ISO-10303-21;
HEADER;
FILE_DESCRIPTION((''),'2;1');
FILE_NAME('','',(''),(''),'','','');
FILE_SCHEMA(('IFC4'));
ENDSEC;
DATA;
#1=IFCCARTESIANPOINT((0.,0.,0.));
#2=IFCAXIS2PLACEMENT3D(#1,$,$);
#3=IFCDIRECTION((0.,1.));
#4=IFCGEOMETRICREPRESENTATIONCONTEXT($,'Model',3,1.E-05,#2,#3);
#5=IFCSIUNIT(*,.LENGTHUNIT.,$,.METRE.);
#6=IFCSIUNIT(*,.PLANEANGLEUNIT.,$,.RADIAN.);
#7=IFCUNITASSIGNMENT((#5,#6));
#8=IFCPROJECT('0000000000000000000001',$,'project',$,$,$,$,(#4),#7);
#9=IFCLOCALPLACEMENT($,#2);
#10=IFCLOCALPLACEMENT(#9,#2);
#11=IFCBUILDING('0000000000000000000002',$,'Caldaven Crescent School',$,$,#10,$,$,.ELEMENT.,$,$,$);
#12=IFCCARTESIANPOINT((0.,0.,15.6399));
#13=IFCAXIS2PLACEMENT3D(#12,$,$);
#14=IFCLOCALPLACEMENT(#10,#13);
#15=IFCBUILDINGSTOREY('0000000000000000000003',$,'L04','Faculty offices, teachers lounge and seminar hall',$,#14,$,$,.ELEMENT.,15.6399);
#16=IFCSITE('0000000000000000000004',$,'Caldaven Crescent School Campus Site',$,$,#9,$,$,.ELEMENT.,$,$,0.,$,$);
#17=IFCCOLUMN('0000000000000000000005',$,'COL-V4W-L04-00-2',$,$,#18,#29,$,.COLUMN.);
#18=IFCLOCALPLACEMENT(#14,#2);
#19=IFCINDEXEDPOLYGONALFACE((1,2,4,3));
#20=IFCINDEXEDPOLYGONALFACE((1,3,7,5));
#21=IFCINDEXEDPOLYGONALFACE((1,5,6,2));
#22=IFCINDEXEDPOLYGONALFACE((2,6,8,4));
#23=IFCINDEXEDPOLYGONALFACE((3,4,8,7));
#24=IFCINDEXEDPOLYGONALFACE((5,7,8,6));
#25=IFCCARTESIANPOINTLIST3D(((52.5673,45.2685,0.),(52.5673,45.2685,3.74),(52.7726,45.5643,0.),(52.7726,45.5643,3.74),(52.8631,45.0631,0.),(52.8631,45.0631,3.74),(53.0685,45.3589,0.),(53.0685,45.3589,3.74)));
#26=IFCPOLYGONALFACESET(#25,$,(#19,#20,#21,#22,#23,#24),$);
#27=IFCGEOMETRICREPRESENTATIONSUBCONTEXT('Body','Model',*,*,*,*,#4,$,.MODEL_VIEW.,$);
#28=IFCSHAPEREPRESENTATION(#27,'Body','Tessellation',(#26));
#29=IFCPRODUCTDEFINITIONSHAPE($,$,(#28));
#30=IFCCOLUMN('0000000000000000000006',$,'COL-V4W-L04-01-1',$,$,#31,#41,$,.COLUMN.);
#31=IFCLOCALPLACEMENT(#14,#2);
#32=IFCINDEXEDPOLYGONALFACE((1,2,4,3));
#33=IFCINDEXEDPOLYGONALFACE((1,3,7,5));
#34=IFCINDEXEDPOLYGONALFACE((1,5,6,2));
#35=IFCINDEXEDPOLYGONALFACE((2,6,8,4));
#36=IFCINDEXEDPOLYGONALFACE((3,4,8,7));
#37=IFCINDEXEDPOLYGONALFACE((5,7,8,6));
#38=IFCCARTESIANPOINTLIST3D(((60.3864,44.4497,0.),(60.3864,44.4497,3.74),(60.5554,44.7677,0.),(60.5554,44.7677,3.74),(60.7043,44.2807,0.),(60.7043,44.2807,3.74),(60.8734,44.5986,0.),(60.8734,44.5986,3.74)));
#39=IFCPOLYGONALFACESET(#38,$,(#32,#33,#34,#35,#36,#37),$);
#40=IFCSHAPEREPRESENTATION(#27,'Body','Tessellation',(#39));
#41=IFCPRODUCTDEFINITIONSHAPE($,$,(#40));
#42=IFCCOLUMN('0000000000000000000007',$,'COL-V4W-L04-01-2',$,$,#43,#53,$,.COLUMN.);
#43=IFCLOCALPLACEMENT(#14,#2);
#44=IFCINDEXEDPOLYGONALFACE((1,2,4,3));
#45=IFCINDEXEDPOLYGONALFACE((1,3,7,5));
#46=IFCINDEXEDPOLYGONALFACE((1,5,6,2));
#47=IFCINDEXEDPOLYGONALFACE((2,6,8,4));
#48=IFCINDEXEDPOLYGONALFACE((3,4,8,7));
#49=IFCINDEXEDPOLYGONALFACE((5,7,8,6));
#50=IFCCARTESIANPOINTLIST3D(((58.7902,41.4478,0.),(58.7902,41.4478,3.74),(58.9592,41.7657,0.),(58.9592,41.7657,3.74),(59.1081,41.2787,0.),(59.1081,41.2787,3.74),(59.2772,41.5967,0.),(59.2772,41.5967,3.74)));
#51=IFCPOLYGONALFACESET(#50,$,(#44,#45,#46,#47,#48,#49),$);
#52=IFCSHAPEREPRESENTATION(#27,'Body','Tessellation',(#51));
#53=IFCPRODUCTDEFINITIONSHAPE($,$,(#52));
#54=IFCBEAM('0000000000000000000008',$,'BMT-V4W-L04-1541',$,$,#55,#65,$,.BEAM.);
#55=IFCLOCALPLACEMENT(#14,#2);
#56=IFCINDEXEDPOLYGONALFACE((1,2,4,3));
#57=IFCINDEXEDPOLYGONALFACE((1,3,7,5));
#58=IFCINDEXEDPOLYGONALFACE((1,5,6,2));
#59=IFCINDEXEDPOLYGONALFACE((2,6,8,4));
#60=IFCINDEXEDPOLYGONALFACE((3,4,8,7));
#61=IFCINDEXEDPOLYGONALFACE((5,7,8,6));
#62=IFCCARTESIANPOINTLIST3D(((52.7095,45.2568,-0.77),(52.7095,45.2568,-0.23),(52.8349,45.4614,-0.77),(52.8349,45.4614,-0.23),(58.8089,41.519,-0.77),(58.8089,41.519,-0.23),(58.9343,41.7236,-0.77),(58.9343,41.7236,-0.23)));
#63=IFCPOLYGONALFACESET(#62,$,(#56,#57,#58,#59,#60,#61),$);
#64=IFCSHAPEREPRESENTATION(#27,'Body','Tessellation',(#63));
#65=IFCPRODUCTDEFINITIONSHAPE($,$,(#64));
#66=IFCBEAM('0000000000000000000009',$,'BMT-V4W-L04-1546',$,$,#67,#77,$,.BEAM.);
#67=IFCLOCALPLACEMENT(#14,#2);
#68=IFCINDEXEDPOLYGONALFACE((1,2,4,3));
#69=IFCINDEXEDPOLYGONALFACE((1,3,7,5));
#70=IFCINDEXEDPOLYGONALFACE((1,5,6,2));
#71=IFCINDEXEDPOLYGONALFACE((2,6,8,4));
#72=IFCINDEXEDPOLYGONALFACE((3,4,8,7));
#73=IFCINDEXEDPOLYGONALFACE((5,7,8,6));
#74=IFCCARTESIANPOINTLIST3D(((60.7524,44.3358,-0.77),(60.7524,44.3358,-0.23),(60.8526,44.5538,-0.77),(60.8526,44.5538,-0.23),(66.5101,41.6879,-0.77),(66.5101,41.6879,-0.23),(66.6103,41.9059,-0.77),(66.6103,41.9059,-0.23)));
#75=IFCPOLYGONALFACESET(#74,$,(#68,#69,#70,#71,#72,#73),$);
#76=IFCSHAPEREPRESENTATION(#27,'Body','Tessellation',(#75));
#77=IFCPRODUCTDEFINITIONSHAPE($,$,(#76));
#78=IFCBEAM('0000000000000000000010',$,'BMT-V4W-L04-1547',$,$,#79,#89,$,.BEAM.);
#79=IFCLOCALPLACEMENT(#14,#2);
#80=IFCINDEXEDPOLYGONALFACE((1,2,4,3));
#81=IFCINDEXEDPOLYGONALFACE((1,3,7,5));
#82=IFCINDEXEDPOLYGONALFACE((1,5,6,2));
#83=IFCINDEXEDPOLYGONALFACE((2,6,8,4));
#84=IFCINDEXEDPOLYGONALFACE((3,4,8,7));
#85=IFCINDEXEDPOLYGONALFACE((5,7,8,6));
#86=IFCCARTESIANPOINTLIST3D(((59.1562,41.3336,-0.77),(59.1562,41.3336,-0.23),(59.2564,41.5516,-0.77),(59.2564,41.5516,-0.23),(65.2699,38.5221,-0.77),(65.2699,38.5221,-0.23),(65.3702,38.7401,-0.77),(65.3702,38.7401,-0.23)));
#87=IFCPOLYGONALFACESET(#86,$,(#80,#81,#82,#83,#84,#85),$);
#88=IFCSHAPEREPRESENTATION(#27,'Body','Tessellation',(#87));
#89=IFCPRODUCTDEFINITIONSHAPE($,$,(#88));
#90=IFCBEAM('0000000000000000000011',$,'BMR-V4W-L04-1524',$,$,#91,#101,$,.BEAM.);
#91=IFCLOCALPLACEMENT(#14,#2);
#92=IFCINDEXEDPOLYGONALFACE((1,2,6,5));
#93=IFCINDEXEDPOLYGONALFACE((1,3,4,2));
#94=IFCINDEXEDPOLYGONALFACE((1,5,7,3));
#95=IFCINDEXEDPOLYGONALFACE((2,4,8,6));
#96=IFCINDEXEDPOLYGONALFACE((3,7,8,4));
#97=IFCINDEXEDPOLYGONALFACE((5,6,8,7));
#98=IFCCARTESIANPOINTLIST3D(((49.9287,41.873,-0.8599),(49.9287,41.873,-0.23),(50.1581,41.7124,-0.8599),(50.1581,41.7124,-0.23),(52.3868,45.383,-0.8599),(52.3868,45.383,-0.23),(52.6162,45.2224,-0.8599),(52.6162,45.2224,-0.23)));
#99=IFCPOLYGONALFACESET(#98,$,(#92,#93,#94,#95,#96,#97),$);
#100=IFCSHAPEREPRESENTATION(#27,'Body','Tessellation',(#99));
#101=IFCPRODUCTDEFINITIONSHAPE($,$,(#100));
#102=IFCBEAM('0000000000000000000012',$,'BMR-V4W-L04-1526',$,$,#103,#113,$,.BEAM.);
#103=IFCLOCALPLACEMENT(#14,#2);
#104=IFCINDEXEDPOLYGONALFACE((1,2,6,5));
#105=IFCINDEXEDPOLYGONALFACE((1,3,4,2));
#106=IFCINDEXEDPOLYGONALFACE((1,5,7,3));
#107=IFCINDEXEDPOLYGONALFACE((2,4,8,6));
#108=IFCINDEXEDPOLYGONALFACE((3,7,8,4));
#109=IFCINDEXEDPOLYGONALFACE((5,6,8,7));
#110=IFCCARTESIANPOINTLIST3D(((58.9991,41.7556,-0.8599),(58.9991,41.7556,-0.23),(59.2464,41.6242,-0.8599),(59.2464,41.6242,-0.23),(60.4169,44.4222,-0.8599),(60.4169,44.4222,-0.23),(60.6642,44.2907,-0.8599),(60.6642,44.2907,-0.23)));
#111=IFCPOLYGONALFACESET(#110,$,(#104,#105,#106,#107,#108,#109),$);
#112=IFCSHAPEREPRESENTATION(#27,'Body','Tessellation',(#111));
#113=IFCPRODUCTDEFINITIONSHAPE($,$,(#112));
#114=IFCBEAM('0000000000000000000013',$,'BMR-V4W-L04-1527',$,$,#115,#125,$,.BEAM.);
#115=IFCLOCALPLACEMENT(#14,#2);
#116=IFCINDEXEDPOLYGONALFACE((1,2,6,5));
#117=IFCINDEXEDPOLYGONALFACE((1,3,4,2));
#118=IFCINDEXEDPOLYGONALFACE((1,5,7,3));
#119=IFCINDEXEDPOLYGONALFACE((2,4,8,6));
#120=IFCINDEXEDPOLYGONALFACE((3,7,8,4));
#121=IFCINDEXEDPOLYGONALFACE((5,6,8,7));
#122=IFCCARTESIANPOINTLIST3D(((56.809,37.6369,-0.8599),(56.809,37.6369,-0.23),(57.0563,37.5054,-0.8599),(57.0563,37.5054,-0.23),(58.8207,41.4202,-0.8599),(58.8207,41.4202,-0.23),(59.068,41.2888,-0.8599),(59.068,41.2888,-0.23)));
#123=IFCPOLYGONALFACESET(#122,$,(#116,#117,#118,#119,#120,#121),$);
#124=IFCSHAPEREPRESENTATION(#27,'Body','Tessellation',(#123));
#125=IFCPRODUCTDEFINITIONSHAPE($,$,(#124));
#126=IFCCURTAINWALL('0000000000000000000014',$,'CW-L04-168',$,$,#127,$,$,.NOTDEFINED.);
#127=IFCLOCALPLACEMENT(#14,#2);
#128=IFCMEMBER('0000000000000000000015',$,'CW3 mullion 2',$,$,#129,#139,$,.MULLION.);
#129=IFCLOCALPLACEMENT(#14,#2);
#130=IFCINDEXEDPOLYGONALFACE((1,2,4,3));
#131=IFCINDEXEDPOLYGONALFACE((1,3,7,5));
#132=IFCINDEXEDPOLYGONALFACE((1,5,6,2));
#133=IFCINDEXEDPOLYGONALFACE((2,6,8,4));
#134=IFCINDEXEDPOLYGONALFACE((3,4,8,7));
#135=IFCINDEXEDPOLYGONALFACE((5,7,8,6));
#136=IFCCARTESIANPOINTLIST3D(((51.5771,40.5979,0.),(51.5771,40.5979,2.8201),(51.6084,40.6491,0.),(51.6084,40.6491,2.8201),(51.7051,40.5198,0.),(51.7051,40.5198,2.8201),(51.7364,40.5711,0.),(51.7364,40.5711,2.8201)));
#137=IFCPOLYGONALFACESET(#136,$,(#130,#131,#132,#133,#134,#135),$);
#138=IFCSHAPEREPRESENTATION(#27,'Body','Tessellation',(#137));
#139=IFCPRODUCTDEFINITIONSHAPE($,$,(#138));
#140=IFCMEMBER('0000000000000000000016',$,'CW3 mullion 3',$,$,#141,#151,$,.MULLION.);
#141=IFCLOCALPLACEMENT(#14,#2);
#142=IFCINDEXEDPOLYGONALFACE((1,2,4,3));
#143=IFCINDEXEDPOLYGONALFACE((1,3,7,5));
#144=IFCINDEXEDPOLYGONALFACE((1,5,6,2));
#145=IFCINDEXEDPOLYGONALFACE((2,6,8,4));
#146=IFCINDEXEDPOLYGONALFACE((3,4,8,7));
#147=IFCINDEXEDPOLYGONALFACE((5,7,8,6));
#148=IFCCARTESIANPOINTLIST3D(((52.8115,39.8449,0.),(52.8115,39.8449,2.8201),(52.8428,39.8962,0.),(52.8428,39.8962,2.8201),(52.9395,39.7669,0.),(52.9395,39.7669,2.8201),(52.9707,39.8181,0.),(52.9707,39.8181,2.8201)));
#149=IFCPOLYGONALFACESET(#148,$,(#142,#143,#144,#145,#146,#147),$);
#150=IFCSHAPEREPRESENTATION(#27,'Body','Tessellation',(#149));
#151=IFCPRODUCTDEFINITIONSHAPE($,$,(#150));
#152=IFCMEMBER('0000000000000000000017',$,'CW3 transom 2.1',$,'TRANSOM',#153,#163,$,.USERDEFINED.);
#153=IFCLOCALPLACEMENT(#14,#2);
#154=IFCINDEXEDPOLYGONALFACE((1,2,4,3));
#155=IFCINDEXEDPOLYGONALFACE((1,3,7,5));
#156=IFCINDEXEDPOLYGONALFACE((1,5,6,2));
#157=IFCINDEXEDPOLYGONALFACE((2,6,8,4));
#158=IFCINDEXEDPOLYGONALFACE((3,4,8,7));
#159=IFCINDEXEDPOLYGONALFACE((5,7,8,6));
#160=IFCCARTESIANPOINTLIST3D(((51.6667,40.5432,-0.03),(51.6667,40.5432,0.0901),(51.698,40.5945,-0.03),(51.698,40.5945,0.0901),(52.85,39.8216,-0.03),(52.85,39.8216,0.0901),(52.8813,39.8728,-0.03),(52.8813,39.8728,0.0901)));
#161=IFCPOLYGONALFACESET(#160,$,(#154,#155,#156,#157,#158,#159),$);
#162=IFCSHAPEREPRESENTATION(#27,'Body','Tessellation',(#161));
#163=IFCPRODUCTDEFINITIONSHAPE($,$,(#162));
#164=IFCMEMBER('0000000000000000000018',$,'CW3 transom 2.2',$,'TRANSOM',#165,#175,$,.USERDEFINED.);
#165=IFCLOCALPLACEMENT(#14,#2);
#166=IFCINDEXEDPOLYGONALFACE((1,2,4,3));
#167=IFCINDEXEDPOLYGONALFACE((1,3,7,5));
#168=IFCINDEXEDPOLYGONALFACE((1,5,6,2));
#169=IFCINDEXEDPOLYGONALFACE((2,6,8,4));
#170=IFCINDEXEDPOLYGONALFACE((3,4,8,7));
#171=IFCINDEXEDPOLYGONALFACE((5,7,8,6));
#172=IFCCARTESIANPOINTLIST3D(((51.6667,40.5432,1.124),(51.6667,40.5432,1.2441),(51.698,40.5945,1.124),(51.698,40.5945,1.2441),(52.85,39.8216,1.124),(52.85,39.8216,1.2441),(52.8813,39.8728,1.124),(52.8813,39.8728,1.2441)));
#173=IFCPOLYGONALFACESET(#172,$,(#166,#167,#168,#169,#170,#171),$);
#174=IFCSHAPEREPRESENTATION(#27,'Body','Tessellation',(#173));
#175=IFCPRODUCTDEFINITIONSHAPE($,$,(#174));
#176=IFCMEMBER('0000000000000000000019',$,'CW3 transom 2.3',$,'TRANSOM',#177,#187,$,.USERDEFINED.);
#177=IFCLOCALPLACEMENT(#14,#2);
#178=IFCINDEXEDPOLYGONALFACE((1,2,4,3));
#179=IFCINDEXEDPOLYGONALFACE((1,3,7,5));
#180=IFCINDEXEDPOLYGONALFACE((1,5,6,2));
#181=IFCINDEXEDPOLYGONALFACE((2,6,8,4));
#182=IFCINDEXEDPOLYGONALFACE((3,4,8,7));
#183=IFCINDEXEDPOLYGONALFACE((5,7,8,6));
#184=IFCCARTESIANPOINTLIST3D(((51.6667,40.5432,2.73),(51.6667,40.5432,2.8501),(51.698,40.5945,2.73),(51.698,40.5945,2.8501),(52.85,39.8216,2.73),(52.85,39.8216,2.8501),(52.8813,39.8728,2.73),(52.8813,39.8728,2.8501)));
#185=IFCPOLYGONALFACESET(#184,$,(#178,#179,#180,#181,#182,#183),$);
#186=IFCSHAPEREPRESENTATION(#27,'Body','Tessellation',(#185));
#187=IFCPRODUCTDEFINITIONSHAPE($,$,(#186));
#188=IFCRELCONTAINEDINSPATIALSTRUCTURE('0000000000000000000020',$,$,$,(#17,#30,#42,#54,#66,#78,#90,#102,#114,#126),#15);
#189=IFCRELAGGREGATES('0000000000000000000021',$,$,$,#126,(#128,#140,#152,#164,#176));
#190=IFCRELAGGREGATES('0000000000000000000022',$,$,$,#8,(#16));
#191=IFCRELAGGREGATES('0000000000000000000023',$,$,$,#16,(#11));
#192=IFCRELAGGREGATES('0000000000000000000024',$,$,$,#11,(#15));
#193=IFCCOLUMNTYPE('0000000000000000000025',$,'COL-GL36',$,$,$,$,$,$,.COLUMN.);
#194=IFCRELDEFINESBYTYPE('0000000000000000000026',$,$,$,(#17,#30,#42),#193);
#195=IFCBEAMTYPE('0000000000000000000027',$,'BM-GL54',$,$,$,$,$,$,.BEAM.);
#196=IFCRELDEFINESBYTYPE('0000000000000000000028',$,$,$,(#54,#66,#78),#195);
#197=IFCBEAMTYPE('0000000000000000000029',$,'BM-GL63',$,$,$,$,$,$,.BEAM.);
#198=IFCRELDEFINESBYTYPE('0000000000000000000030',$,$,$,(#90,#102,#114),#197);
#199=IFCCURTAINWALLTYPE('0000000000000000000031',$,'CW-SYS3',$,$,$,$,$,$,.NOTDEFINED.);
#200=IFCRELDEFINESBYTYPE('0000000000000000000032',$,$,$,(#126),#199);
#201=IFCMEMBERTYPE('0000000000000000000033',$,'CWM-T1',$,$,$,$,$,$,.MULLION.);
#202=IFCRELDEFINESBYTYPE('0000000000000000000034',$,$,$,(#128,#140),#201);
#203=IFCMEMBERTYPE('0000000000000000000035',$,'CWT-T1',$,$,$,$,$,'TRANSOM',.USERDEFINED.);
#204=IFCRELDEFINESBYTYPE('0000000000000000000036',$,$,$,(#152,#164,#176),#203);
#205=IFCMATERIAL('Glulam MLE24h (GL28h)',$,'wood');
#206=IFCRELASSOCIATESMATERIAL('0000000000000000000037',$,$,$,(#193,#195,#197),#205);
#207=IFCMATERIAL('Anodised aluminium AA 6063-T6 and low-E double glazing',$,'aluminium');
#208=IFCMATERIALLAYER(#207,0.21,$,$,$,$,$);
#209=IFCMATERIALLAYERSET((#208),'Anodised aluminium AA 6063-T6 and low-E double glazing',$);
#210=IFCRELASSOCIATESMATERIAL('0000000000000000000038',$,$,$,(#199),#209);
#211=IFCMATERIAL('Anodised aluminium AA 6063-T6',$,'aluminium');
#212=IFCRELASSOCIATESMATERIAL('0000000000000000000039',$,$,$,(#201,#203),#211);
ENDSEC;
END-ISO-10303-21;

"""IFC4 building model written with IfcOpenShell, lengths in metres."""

from ifc_helpers import new_model, si_unit, direction, frame, origin, origin_2d, place, context, subcontext, project, spatial, rectangle, extrude, material, layer, layer_set, material_profile, profile_set, type_object, element, aggregate, save


model = new_model("IFC4")

# Units and contexts
model_context = context("Model", 3, precision=1e-05, world=origin(), true_north=direction((0.0, 1.0)))
body_context = subcontext(model_context, "Body", "Model", "MODEL_VIEW")
ifc_project = project(units=[si_unit("LENGTHUNIT", "METRE"), si_unit("PLANEANGLEUNIT", "RADIAN")], contexts=[model_context])

# Site, building, storey
site_placement = place(None, origin())
site = spatial("IfcSite", under=ifc_project, at=site_placement, Name="Caldaven Crescent School Campus Site", CompositionType="ELEMENT", RefElevation=0.0)
building_placement = place(site_placement, origin())
building = spatial("IfcBuilding", under=site, at=building_placement, Name="Caldaven Crescent School", CompositionType="ELEMENT")
storey_placement = place(building_placement, frame((0.0, 0.0, 15.6399)))
storey = spatial("IfcBuildingStorey", under=building, at=storey_placement, Name="L04", Description="Faculty offices, teachers lounge and seminar hall", CompositionType="ELEMENT", Elevation=15.6399)

# Columns
ifc_material_1 = material(Name="Glulam MLE24h (GL28h)", Category="wood")
ifc_material_profile_1 = material_profile(ifc_material_1, rectangle(XDim=0.3601, YDim=0.3601, at=origin_2d()), Name="MLE 360x360")
ifc_profile_set_1 = profile_set([ifc_material_profile_1], Name="Glulam MLE24h (GL28h)")
column_type = type_object("IfcColumnType", Name="COL-GL36", PredefinedType="COLUMN", material=ifc_profile_set_1)
for number, where, z_axis, x_axis, name in (
    (1, (52.8179, 45.3137, 0.0), (0.0, 0.0, 1.0), (-0.570284, -0.821448, 0.0), "COL-V4W-L04-00-2"),
    (2, (60.6299, 44.5242, 0.0), (0.0, 0.0, 1.0), (-0.469472, -0.882948, 0.0), "COL-V4W-L04-01-1"),
    (3, (59.0337, 41.5222, 0.0), (0.0, 0.0, 1.0), (-0.469472, -0.882948, 0.0), "COL-V4W-L04-01-2"),
):
    element("IfcColumn", number, at=place(storey_placement, frame(where, z_axis=z_axis, x_axis=x_axis)), inside=storey, type_object=column_type, Name=name, PredefinedType="COLUMN", context=body_context, shape_type="SweptSolid", body=[
        extrude(rectangle(XDim=0.3601, YDim=0.3601, at=origin_2d()), origin(), (0.0, 0.0, 1.0), 3.74),
    ])

# Beams
ifc_material_profile_2 = material_profile(ifc_material_1, rectangle(XDim=0.24, YDim=0.54, at=origin_2d()), Name="MLE 240x540")
ifc_profile_set_2 = profile_set([ifc_material_profile_2], Name="Glulam MLE24h (GL28h)")
beam_type_1 = type_object("IfcBeamType", Name="BM-GL54", PredefinedType="BEAM", material=ifc_profile_set_2)
beam_1_placement = place(storey_placement, frame((52.7722, 45.3591, -0.5), z_axis=(0.852634, -0.522508, 0.0), x_axis=(0.522508, 0.852634, 0.0)))
element("IfcBeam", 4, at=beam_1_placement, inside=storey, type_object=beam_type_1, Name="BMT-V4W-L04-1541", PredefinedType="BEAM", context=body_context, shape_type="SweptSolid", body=[
    extrude(rectangle(XDim=0.24, YDim=0.54, at=origin_2d()), origin(), (0.0, 0.0, 1.0), 7.1536),
])
beam_2_placement = place(storey_placement, frame((60.8025, 44.4448, -0.5), z_axis=(0.908529, -0.417822, 0.0), x_axis=(0.417822, 0.908529, 0.0)))
element("IfcBeam", 5, at=beam_2_placement, inside=storey, type_object=beam_type_1, Name="BMT-V4W-L04-1546", PredefinedType="BEAM", context=body_context, shape_type="SweptSolid", body=[
    extrude(rectangle(XDim=0.24, YDim=0.54, at=origin_2d()), origin(), (0.0, 0.0, 1.0), 6.3374),
])
beam_3_placement = place(storey_placement, frame((59.2063, 41.4426, -0.5), z_axis=(0.908536, -0.417806, 0.0), x_axis=(0.417806, 0.908536, 0.0)))
element("IfcBeam", 6, at=beam_3_placement, inside=storey, type_object=beam_type_1, Name="BMT-V4W-L04-1547", PredefinedType="BEAM", context=body_context, shape_type="SweptSolid", body=[
    extrude(rectangle(XDim=0.24, YDim=0.54, at=origin_2d()), origin(), (0.0, 0.0, 1.0), 6.7292),
])
ifc_material_profile_3 = material_profile(ifc_material_1, rectangle(XDim=0.28, YDim=0.6299, at=origin_2d()), Name="MLE 280x630")
ifc_profile_set_3 = profile_set([ifc_material_profile_3], Name="Glulam MLE24h (GL28h)")
beam_type_2 = type_object("IfcBeamType", Name="BM-GL63", PredefinedType="BEAM", material=ifc_profile_set_3)
beam_4_placement = place(storey_placement, frame((52.5015, 45.3027, -0.5449), z_axis=(-0.573619, -0.819122, 0.0), x_axis=(0.819122, -0.573619, 0.0)))
element("IfcBeam", 7, at=beam_4_placement, inside=storey, type_object=beam_type_2, Name="BMR-V4W-L04-1524", PredefinedType="BEAM", context=body_context, shape_type="SweptSolid", body=[
    extrude(rectangle(XDim=0.28, YDim=0.6299, at=origin_2d()), origin(), (0.0, 0.0, 1.0), 4.2852),
])
beam_5_placement = place(storey_placement, frame((60.5405, 44.3564, -0.5449), z_axis=(-0.469451, -0.882959, 0.0), x_axis=(0.882959, -0.469451, 0.0)))
element("IfcBeam", 8, at=beam_5_placement, inside=storey, type_object=beam_type_2, Name="BMR-V4W-L04-1526", PredefinedType="BEAM", context=body_context, shape_type="SweptSolid", body=[
    extrude(rectangle(XDim=0.28, YDim=0.6299, at=origin_2d()), origin(), (0.0, 0.0, 1.0), 3.02),
])
beam_6_placement = place(storey_placement, frame((58.9443, 41.3545, -0.5449), z_axis=(-0.469476, -0.882945, 0.0), x_axis=(0.882945, -0.469476, 0.0)))
element("IfcBeam", 9, at=beam_6_placement, inside=storey, type_object=beam_type_2, Name="BMR-V4W-L04-1527", PredefinedType="BEAM", context=body_context, shape_type="SweptSolid", body=[
    extrude(rectangle(XDim=0.28, YDim=0.6299, at=origin_2d()), origin(), (0.0, 0.0, 1.0), 4.2849),
])

# Curtain wall, members
ifc_material_2 = material(Name="Anodised aluminium AA 6063-T6 and low-E double glazing", Category="aluminium")
ifc_layer_1 = layer(ifc_material_2, 0.21)
ifc_layer_set_1 = layer_set([ifc_layer_1], Name="Anodised aluminium AA 6063-T6 and low-E double glazing")
curtain_wall_type = type_object("IfcCurtainWallType", Name="CW-SYS3", PredefinedType="NOTDEFINED", material=ifc_layer_set_1)
curtain_wall_placement = place(storey_placement, origin())
curtain_wall = element("IfcCurtainWall", 10, at=curtain_wall_placement, inside=storey, type_object=curtain_wall_type, Name="CW-L04-168", PredefinedType="NOTDEFINED")
ifc_material_3 = material(Name="Anodised aluminium AA 6063-T6", Category="aluminium")
ifc_material_profile_4 = material_profile(ifc_material_3, rectangle(XDim=0.0601, YDim=0.1499, at=origin_2d()), Name="CWM 60x150")
ifc_profile_set_4 = profile_set([ifc_material_profile_4], Name="Anodised aluminium AA 6063-T6")
member_type_1 = type_object("IfcMemberType", Name="CWM-T1", PredefinedType="MULLION", material=ifc_profile_set_4)
member_1_placement = place(storey_placement, frame((51.6567, 40.5845, 0.0), z_axis=(0.0, 0.0, 1.0), x_axis=(0.52075, 0.853709, 0.0)))
member_1 = element("IfcMember", 11, at=member_1_placement, type_object=member_type_1, Name="CW3 mullion 2", PredefinedType="MULLION", context=body_context, shape_type="SweptSolid", body=[
    extrude(rectangle(XDim=0.0601, YDim=0.1499, at=origin_2d()), origin(), (0.0, 0.0, 1.0), 2.8201),
])
member_2_placement = place(storey_placement, frame((52.8911, 39.8315, 0.0), z_axis=(0.0, 0.0, 1.0), x_axis=(0.52075, 0.853709, 0.0)))
member_2 = element("IfcMember", 12, at=member_2_placement, type_object=member_type_1, Name="CW3 mullion 3", PredefinedType="MULLION", context=body_context, shape_type="SweptSolid", body=[
    extrude(rectangle(XDim=0.0601, YDim=0.1499, at=origin_2d()), origin(), (0.0, 0.0, 1.0), 2.8201),
])
ifc_material_profile_5 = material_profile(ifc_material_3, rectangle(XDim=0.0601, YDim=0.1201, at=origin_2d()), Name="CWT 60x120")
ifc_profile_set_5 = profile_set([ifc_material_profile_5], Name="Anodised aluminium AA 6063-T6")
member_type_2 = type_object("IfcMemberType", Name="CWT-T1", ElementType="TRANSOM", PredefinedType="USERDEFINED", material=ifc_profile_set_5)
member_3_placement = place(storey_placement, frame((51.6824, 40.5688, 0.03), z_axis=(0.853756, -0.520673, 0.0), x_axis=(0.520673, 0.853756, 0.0)))
member_3 = element("IfcMember", 13, at=member_3_placement, type_object=member_type_2, Name="CW3 transom 2.1", ObjectType="TRANSOM", PredefinedType="USERDEFINED", context=body_context, shape_type="SweptSolid", body=[
    extrude(rectangle(XDim=0.0601, YDim=0.1201, at=origin_2d()), origin(), (0.0, 0.0, 1.0), 1.386),
])
member_4_placement = place(storey_placement, frame((51.6824, 40.5688, 1.1841), z_axis=(0.853756, -0.520673, 0.0), x_axis=(0.520673, 0.853756, 0.0)))
member_4 = element("IfcMember", 14, at=member_4_placement, type_object=member_type_2, Name="CW3 transom 2.2", ObjectType="TRANSOM", PredefinedType="USERDEFINED", context=body_context, shape_type="SweptSolid", body=[
    extrude(rectangle(XDim=0.0601, YDim=0.1201, at=origin_2d()), origin(), (0.0, 0.0, 1.0), 1.386),
])
member_5_placement = place(storey_placement, frame((51.6824, 40.5688, 2.79), z_axis=(0.853756, -0.520673, 0.0), x_axis=(0.520673, 0.853756, 0.0)))
member_5 = element("IfcMember", 15, at=member_5_placement, type_object=member_type_2, Name="CW3 transom 2.3", ObjectType="TRANSOM", PredefinedType="USERDEFINED", context=body_context, shape_type="SweptSolid", body=[
    extrude(rectangle(XDim=0.0601, YDim=0.1201, at=origin_2d()), origin(), (0.0, 0.0, 1.0), 1.386),
])

aggregate(curtain_wall, [member_1, member_2, member_3, member_4, member_5])

save(model, "model.ifc")
